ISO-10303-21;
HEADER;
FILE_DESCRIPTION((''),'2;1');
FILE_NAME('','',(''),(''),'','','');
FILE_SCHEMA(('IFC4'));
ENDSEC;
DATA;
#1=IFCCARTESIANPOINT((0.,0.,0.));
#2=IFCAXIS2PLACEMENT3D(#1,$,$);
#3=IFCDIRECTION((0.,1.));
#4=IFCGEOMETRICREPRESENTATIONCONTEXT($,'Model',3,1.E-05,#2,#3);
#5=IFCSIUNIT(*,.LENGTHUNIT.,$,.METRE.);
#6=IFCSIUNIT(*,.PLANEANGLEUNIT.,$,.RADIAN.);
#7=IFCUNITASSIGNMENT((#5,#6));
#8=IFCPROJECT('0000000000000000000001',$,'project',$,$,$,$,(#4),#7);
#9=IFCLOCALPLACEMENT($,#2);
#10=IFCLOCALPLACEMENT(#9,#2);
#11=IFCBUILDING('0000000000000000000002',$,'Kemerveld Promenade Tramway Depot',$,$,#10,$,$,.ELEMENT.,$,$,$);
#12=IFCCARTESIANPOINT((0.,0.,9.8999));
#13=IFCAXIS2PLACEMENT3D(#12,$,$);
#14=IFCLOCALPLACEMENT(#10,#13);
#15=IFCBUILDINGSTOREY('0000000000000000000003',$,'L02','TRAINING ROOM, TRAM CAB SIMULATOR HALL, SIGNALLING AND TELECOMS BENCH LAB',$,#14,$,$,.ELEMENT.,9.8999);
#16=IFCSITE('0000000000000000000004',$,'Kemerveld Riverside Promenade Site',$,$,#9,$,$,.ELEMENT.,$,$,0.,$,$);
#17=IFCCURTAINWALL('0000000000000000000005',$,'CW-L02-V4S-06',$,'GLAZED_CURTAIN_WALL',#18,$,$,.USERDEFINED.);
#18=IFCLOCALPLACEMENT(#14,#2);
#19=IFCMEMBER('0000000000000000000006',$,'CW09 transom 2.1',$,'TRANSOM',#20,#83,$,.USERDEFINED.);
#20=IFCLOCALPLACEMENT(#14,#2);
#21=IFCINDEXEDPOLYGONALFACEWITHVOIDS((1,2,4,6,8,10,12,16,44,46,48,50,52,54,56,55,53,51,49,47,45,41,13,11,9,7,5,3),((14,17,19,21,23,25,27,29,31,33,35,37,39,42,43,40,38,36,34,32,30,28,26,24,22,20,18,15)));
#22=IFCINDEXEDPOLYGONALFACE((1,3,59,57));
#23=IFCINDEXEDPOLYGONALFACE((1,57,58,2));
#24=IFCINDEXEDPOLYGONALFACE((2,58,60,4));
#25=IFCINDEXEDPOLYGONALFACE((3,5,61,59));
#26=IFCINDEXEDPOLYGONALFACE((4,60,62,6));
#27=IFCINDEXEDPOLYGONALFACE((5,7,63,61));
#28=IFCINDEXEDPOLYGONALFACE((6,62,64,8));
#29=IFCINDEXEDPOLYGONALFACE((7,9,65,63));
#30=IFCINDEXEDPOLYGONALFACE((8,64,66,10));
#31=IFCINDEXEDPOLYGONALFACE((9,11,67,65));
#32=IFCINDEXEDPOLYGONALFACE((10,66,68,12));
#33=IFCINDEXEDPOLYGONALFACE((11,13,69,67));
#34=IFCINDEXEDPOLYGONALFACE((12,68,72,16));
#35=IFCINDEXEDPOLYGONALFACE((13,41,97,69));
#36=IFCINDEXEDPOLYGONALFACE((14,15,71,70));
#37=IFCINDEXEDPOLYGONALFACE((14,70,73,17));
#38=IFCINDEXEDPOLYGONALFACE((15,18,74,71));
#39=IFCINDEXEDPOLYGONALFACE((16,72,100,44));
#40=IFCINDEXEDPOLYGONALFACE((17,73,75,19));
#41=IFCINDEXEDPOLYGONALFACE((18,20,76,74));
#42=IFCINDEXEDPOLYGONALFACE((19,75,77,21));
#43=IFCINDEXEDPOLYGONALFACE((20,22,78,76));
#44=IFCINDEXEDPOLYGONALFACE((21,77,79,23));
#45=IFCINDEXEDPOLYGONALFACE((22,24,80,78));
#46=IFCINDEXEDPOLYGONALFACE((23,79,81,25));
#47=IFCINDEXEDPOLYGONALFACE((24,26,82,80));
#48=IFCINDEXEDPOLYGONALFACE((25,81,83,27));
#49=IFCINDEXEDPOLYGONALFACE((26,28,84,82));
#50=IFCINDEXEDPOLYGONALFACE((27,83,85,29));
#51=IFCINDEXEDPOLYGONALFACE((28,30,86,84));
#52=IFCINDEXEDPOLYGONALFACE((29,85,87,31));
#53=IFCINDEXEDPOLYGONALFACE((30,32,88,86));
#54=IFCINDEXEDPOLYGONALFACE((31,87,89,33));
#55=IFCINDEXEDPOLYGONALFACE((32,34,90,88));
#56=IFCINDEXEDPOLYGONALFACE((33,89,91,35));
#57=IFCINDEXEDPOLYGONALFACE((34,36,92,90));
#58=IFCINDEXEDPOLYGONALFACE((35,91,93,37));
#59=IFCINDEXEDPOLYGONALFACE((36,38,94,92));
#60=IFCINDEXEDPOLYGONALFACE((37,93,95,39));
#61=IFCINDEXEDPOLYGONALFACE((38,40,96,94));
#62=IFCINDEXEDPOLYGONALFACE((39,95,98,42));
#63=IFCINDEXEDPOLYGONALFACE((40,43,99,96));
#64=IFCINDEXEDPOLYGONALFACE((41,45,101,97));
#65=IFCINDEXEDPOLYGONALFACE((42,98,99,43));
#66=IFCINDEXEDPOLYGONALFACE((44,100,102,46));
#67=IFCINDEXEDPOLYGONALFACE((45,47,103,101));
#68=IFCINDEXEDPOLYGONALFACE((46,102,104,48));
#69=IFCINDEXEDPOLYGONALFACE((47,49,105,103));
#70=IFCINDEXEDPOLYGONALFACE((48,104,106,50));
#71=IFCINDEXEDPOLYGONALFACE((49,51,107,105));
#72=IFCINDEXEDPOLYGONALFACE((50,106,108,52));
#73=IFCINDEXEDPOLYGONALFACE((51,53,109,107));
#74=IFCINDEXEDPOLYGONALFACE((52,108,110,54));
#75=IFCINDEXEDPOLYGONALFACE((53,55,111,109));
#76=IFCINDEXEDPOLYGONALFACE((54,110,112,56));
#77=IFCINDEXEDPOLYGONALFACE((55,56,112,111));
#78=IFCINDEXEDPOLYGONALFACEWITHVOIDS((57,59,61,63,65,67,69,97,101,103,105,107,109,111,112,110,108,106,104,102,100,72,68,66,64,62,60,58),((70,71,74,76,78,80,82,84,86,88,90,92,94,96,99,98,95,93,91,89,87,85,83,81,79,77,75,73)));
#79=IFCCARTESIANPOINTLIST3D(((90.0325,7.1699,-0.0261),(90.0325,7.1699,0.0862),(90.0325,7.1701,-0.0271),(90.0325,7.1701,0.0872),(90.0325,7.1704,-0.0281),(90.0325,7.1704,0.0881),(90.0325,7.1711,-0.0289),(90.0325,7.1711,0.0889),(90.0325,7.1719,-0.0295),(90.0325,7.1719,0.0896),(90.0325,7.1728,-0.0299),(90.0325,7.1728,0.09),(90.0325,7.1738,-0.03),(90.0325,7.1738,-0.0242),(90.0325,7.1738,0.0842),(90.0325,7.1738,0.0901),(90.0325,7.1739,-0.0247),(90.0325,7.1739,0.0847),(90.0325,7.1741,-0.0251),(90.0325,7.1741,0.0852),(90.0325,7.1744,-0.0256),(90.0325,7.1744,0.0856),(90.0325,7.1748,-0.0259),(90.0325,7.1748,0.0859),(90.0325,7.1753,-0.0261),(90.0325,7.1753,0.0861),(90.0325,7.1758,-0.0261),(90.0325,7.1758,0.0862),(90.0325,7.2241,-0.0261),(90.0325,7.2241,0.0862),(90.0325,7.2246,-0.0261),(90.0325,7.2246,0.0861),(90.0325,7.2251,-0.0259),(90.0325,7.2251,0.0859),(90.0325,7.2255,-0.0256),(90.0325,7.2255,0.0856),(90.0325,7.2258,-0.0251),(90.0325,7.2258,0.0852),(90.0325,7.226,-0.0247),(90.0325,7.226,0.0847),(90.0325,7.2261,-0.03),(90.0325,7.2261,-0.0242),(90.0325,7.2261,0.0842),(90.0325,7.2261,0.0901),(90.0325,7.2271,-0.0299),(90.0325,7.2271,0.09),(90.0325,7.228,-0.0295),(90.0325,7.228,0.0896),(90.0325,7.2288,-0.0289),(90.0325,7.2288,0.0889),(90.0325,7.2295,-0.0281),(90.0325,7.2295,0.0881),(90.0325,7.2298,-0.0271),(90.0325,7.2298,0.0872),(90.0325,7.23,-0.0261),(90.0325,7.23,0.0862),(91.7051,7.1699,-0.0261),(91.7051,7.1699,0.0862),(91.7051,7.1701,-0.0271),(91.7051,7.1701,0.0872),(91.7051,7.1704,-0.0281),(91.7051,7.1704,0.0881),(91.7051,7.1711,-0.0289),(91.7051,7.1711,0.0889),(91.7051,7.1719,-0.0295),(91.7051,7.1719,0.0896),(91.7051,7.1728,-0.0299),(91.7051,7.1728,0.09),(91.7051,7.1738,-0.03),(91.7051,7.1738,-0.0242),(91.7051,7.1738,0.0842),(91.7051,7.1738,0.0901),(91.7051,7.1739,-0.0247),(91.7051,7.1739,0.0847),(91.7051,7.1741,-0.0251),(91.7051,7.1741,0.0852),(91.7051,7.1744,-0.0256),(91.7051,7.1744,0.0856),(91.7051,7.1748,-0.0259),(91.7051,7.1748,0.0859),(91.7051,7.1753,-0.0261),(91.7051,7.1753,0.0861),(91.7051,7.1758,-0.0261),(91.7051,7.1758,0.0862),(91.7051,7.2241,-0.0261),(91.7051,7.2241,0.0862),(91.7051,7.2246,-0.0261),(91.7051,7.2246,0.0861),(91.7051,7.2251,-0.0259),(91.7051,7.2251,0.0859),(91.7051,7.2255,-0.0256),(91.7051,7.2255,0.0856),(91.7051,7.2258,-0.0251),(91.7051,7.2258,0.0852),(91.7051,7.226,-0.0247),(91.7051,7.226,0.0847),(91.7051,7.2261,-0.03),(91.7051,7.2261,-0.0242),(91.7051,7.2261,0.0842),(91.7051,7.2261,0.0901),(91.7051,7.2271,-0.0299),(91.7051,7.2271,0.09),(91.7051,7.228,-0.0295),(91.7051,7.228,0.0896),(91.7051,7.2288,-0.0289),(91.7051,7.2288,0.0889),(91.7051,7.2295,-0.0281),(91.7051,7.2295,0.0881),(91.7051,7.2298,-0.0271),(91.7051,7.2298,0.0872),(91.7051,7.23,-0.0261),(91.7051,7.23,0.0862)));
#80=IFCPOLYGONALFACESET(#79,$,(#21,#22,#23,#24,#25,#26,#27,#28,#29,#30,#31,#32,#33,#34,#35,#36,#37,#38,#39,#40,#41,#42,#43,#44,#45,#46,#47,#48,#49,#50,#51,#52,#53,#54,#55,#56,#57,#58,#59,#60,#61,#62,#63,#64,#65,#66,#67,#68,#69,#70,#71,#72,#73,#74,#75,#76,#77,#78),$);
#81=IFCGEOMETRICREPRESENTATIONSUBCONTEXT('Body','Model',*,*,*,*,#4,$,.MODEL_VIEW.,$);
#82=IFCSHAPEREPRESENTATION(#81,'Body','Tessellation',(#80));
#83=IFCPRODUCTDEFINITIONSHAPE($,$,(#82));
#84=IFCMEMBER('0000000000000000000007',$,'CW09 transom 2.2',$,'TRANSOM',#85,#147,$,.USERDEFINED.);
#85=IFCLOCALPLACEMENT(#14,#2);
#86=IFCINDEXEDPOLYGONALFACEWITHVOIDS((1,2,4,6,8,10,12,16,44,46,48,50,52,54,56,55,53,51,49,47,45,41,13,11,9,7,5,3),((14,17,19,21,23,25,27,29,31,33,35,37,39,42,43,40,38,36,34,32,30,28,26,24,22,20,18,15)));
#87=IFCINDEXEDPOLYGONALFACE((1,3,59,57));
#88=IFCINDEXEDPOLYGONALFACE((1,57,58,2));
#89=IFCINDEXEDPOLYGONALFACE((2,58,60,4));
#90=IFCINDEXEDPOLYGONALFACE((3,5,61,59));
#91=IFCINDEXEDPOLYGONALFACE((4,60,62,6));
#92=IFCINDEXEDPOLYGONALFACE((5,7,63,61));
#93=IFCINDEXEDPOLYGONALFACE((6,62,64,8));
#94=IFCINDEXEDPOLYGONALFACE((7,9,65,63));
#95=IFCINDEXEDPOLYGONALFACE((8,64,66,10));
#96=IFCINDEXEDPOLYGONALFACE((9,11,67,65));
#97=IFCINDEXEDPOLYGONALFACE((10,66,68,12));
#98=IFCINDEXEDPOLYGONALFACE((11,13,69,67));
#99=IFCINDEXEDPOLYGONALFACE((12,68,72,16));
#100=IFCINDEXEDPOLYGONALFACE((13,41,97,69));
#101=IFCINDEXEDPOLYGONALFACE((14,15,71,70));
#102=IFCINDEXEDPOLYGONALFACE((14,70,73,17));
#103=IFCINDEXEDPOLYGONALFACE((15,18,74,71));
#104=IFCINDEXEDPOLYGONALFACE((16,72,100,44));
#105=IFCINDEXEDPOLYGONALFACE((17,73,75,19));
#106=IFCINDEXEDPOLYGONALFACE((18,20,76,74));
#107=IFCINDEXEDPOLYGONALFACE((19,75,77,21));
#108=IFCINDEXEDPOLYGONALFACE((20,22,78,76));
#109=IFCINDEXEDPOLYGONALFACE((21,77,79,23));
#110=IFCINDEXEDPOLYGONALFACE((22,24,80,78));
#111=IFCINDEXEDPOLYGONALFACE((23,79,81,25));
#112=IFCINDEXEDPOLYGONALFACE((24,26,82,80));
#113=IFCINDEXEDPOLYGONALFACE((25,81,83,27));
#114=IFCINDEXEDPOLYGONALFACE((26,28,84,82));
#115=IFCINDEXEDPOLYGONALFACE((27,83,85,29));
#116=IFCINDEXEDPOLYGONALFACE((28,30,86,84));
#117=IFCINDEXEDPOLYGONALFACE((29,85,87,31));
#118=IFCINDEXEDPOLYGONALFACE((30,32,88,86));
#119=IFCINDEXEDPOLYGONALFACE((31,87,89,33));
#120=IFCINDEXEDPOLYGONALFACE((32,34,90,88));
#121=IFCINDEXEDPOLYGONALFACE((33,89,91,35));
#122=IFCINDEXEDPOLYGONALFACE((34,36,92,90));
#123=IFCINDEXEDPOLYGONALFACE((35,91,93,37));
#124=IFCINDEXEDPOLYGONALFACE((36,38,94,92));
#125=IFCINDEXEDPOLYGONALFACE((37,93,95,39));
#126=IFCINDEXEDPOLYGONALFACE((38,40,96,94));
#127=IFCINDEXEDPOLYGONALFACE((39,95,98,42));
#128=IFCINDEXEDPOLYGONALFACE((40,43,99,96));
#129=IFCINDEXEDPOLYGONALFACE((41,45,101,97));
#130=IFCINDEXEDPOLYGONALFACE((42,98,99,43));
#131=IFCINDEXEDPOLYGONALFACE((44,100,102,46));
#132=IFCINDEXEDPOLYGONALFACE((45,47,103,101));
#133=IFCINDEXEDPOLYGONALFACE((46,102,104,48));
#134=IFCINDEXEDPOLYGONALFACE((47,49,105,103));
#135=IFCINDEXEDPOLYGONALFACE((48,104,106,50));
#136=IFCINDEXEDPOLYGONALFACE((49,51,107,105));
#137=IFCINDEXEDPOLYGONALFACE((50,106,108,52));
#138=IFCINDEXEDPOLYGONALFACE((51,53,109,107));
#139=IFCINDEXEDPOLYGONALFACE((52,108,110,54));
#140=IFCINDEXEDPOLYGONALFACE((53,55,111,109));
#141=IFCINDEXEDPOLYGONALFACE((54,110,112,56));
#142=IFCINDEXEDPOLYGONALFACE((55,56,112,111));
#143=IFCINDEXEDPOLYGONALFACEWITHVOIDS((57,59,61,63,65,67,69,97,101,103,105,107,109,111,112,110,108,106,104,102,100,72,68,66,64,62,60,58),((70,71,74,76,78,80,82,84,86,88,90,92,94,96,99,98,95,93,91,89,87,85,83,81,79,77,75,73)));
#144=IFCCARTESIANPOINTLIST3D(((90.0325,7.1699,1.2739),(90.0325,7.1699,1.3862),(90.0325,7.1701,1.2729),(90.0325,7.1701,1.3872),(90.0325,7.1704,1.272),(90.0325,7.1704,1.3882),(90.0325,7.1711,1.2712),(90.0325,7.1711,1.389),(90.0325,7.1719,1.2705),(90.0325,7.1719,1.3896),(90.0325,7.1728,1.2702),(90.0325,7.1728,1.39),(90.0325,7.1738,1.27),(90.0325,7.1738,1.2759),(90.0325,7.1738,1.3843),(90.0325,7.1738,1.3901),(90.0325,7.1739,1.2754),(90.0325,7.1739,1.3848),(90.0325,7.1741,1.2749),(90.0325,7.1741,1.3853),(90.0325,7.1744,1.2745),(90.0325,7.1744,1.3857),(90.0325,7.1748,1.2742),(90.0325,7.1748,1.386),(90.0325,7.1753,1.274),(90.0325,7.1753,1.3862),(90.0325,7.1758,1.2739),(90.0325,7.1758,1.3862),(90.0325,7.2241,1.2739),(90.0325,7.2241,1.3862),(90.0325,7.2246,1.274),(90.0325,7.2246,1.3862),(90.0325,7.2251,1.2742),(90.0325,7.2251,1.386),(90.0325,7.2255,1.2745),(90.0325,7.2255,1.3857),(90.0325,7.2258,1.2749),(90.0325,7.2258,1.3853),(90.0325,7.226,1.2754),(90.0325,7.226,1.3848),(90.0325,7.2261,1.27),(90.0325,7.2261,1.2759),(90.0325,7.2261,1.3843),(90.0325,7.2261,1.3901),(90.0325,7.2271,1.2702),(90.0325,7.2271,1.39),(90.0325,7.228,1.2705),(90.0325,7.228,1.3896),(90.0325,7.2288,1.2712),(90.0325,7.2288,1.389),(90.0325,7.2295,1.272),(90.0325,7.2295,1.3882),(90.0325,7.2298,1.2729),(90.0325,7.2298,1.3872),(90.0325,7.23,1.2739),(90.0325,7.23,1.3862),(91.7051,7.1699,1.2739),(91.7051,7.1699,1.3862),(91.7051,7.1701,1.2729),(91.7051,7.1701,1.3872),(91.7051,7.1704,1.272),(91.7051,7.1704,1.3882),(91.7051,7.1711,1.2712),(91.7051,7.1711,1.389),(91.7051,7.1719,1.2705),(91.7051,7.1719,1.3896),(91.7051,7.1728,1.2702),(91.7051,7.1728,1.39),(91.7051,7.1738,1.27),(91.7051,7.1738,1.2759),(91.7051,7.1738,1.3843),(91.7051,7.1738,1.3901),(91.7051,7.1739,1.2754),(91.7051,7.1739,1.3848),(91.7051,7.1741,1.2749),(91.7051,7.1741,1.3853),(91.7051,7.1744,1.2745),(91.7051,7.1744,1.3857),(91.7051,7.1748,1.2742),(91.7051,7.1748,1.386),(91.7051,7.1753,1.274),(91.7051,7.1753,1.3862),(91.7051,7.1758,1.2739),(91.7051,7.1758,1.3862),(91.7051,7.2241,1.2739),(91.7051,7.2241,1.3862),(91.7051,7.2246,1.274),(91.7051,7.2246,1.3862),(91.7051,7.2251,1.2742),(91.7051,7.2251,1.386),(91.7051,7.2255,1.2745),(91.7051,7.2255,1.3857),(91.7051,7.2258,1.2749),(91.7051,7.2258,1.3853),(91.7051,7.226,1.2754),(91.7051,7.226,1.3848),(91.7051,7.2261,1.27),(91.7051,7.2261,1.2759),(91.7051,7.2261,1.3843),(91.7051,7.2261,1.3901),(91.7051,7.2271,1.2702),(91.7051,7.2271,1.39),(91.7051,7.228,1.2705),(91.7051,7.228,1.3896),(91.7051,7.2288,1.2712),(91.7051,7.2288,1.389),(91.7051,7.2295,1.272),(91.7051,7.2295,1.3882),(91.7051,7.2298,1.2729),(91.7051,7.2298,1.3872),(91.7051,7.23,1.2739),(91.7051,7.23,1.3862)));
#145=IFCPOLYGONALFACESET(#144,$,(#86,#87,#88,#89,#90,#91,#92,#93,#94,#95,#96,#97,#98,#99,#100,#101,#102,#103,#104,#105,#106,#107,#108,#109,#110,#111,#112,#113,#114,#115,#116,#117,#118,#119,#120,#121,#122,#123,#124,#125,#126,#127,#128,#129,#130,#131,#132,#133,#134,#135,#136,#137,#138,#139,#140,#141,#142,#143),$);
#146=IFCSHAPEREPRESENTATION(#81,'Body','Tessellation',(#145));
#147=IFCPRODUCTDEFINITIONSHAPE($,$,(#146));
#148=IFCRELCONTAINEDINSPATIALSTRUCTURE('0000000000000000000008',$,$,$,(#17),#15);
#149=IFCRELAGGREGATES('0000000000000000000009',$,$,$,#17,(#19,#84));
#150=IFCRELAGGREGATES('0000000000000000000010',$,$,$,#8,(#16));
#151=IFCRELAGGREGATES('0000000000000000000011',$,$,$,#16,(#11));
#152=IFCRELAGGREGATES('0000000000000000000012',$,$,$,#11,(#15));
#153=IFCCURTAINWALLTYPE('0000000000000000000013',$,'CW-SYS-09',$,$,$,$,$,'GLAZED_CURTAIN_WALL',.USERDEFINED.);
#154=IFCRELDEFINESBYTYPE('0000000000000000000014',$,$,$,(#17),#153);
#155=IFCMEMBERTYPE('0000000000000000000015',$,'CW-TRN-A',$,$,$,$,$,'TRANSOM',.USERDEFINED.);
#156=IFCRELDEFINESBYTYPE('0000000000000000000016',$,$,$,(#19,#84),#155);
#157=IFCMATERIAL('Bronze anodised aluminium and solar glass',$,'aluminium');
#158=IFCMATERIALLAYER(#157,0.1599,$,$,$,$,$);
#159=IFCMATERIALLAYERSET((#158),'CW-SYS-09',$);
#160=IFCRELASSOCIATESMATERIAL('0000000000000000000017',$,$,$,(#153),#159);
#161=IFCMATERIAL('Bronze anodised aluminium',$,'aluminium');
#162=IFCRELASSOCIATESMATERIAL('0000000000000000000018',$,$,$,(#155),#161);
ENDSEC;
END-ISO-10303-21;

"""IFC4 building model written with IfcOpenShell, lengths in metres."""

from ifc_helpers import new_model, si_unit, direction, frame, origin, origin_2d, place, context, subcontext, project, spatial, hollow_rectangle, extrude, material, layer, layer_set, material_profile, profile_set, type_object, element, aggregate, save


model = new_model("IFC4")

# Units and contexts
model_context = context("Model", 3, precision=1e-05, world=origin(), true_north=direction((0.0, 1.0)))
body_context = subcontext(model_context, "Body", "Model", "MODEL_VIEW")
ifc_project = project(units=[si_unit("LENGTHUNIT", "METRE"), si_unit("PLANEANGLEUNIT", "RADIAN")], contexts=[model_context])

# Site, building, storey
site_placement = place(None, origin())
site = spatial("IfcSite", under=ifc_project, at=site_placement, Name="Kemerveld Riverside Promenade Site", CompositionType="ELEMENT", RefElevation=0.0)
building_placement = place(site_placement, origin())
building = spatial("IfcBuilding", under=site, at=building_placement, Name="Kemerveld Promenade Tramway Depot", CompositionType="ELEMENT")
storey_placement = place(building_placement, frame((0.0, 0.0, 9.8999)))
storey = spatial("IfcBuildingStorey", under=building, at=storey_placement, Name="L02", Description="TRAINING ROOM, TRAM CAB SIMULATOR HALL, SIGNALLING AND TELECOMS BENCH LAB", CompositionType="ELEMENT", Elevation=9.8999)

# Curtain wall, members
ifc_material_1 = material(Name="Bronze anodised aluminium and solar glass", Category="aluminium")
ifc_layer_1 = layer(ifc_material_1, 0.1599)
ifc_layer_set_1 = layer_set([ifc_layer_1], Name="CW-SYS-09")
curtain_wall_type = type_object("IfcCurtainWallType", Name="CW-SYS-09", ElementType="GLAZED_CURTAIN_WALL", PredefinedType="USERDEFINED", material=ifc_layer_set_1)
curtain_wall_placement = place(storey_placement, origin())
curtain_wall = element("IfcCurtainWall", 1, at=curtain_wall_placement, inside=storey, type_object=curtain_wall_type, Name="CW-L02-V4S-06", ObjectType="GLAZED_CURTAIN_WALL", PredefinedType="USERDEFINED")
ifc_material_2 = material(Name="Bronze anodised aluminium", Category="aluminium")
ifc_material_profile_1 = material_profile(ifc_material_2, hollow_rectangle(XDim=0.0601, YDim=0.1201, WallThickness=0.0039, InnerFilletRadius=0.002, OuterFilletRadius=0.0039, at=origin_2d()), Name="CW-TRN-120x60")
ifc_profile_set_1 = profile_set([ifc_material_profile_1], Name="Bronze anodised aluminium")
member_type_1 = type_object("IfcMemberType", Name="CW-TRN-A", ElementType="TRANSOM", PredefinedType="USERDEFINED", material=ifc_profile_set_1)
member_1_placement = place(storey_placement, frame((91.7051, 7.2, 0.03), z_axis=(-1.0, 0.0, 0.0), x_axis=(0.0, -1.0, 0.0)))
member_1 = element("IfcMember", 2, at=member_1_placement, type_object=member_type_1, Name="CW09 transom 2.1", ObjectType="TRANSOM", PredefinedType="USERDEFINED", context=body_context, shape_type="SweptSolid", body=[
    extrude(hollow_rectangle(XDim=0.0601, YDim=0.1201, WallThickness=0.0039, InnerFilletRadius=0.002, OuterFilletRadius=0.0039, at=origin_2d()), origin(), (0.0, 0.0, 1.0), 1.6726),
])
member_2_placement = place(storey_placement, frame((91.7051, 7.2, 1.3301), z_axis=(-1.0, 0.0, 0.0), x_axis=(0.0, -1.0, 0.0)))
member_2 = element("IfcMember", 3, at=member_2_placement, type_object=member_type_1, Name="CW09 transom 2.2", ObjectType="TRANSOM", PredefinedType="USERDEFINED", context=body_context, shape_type="SweptSolid", body=[
    extrude(hollow_rectangle(XDim=0.0601, YDim=0.1201, WallThickness=0.0039, InnerFilletRadius=0.002, OuterFilletRadius=0.0039, at=origin_2d()), origin(), (0.0, 0.0, 1.0), 1.6726),
])
aggregate(curtain_wall, [member_1, member_2])

save(model, "model.ifc")
